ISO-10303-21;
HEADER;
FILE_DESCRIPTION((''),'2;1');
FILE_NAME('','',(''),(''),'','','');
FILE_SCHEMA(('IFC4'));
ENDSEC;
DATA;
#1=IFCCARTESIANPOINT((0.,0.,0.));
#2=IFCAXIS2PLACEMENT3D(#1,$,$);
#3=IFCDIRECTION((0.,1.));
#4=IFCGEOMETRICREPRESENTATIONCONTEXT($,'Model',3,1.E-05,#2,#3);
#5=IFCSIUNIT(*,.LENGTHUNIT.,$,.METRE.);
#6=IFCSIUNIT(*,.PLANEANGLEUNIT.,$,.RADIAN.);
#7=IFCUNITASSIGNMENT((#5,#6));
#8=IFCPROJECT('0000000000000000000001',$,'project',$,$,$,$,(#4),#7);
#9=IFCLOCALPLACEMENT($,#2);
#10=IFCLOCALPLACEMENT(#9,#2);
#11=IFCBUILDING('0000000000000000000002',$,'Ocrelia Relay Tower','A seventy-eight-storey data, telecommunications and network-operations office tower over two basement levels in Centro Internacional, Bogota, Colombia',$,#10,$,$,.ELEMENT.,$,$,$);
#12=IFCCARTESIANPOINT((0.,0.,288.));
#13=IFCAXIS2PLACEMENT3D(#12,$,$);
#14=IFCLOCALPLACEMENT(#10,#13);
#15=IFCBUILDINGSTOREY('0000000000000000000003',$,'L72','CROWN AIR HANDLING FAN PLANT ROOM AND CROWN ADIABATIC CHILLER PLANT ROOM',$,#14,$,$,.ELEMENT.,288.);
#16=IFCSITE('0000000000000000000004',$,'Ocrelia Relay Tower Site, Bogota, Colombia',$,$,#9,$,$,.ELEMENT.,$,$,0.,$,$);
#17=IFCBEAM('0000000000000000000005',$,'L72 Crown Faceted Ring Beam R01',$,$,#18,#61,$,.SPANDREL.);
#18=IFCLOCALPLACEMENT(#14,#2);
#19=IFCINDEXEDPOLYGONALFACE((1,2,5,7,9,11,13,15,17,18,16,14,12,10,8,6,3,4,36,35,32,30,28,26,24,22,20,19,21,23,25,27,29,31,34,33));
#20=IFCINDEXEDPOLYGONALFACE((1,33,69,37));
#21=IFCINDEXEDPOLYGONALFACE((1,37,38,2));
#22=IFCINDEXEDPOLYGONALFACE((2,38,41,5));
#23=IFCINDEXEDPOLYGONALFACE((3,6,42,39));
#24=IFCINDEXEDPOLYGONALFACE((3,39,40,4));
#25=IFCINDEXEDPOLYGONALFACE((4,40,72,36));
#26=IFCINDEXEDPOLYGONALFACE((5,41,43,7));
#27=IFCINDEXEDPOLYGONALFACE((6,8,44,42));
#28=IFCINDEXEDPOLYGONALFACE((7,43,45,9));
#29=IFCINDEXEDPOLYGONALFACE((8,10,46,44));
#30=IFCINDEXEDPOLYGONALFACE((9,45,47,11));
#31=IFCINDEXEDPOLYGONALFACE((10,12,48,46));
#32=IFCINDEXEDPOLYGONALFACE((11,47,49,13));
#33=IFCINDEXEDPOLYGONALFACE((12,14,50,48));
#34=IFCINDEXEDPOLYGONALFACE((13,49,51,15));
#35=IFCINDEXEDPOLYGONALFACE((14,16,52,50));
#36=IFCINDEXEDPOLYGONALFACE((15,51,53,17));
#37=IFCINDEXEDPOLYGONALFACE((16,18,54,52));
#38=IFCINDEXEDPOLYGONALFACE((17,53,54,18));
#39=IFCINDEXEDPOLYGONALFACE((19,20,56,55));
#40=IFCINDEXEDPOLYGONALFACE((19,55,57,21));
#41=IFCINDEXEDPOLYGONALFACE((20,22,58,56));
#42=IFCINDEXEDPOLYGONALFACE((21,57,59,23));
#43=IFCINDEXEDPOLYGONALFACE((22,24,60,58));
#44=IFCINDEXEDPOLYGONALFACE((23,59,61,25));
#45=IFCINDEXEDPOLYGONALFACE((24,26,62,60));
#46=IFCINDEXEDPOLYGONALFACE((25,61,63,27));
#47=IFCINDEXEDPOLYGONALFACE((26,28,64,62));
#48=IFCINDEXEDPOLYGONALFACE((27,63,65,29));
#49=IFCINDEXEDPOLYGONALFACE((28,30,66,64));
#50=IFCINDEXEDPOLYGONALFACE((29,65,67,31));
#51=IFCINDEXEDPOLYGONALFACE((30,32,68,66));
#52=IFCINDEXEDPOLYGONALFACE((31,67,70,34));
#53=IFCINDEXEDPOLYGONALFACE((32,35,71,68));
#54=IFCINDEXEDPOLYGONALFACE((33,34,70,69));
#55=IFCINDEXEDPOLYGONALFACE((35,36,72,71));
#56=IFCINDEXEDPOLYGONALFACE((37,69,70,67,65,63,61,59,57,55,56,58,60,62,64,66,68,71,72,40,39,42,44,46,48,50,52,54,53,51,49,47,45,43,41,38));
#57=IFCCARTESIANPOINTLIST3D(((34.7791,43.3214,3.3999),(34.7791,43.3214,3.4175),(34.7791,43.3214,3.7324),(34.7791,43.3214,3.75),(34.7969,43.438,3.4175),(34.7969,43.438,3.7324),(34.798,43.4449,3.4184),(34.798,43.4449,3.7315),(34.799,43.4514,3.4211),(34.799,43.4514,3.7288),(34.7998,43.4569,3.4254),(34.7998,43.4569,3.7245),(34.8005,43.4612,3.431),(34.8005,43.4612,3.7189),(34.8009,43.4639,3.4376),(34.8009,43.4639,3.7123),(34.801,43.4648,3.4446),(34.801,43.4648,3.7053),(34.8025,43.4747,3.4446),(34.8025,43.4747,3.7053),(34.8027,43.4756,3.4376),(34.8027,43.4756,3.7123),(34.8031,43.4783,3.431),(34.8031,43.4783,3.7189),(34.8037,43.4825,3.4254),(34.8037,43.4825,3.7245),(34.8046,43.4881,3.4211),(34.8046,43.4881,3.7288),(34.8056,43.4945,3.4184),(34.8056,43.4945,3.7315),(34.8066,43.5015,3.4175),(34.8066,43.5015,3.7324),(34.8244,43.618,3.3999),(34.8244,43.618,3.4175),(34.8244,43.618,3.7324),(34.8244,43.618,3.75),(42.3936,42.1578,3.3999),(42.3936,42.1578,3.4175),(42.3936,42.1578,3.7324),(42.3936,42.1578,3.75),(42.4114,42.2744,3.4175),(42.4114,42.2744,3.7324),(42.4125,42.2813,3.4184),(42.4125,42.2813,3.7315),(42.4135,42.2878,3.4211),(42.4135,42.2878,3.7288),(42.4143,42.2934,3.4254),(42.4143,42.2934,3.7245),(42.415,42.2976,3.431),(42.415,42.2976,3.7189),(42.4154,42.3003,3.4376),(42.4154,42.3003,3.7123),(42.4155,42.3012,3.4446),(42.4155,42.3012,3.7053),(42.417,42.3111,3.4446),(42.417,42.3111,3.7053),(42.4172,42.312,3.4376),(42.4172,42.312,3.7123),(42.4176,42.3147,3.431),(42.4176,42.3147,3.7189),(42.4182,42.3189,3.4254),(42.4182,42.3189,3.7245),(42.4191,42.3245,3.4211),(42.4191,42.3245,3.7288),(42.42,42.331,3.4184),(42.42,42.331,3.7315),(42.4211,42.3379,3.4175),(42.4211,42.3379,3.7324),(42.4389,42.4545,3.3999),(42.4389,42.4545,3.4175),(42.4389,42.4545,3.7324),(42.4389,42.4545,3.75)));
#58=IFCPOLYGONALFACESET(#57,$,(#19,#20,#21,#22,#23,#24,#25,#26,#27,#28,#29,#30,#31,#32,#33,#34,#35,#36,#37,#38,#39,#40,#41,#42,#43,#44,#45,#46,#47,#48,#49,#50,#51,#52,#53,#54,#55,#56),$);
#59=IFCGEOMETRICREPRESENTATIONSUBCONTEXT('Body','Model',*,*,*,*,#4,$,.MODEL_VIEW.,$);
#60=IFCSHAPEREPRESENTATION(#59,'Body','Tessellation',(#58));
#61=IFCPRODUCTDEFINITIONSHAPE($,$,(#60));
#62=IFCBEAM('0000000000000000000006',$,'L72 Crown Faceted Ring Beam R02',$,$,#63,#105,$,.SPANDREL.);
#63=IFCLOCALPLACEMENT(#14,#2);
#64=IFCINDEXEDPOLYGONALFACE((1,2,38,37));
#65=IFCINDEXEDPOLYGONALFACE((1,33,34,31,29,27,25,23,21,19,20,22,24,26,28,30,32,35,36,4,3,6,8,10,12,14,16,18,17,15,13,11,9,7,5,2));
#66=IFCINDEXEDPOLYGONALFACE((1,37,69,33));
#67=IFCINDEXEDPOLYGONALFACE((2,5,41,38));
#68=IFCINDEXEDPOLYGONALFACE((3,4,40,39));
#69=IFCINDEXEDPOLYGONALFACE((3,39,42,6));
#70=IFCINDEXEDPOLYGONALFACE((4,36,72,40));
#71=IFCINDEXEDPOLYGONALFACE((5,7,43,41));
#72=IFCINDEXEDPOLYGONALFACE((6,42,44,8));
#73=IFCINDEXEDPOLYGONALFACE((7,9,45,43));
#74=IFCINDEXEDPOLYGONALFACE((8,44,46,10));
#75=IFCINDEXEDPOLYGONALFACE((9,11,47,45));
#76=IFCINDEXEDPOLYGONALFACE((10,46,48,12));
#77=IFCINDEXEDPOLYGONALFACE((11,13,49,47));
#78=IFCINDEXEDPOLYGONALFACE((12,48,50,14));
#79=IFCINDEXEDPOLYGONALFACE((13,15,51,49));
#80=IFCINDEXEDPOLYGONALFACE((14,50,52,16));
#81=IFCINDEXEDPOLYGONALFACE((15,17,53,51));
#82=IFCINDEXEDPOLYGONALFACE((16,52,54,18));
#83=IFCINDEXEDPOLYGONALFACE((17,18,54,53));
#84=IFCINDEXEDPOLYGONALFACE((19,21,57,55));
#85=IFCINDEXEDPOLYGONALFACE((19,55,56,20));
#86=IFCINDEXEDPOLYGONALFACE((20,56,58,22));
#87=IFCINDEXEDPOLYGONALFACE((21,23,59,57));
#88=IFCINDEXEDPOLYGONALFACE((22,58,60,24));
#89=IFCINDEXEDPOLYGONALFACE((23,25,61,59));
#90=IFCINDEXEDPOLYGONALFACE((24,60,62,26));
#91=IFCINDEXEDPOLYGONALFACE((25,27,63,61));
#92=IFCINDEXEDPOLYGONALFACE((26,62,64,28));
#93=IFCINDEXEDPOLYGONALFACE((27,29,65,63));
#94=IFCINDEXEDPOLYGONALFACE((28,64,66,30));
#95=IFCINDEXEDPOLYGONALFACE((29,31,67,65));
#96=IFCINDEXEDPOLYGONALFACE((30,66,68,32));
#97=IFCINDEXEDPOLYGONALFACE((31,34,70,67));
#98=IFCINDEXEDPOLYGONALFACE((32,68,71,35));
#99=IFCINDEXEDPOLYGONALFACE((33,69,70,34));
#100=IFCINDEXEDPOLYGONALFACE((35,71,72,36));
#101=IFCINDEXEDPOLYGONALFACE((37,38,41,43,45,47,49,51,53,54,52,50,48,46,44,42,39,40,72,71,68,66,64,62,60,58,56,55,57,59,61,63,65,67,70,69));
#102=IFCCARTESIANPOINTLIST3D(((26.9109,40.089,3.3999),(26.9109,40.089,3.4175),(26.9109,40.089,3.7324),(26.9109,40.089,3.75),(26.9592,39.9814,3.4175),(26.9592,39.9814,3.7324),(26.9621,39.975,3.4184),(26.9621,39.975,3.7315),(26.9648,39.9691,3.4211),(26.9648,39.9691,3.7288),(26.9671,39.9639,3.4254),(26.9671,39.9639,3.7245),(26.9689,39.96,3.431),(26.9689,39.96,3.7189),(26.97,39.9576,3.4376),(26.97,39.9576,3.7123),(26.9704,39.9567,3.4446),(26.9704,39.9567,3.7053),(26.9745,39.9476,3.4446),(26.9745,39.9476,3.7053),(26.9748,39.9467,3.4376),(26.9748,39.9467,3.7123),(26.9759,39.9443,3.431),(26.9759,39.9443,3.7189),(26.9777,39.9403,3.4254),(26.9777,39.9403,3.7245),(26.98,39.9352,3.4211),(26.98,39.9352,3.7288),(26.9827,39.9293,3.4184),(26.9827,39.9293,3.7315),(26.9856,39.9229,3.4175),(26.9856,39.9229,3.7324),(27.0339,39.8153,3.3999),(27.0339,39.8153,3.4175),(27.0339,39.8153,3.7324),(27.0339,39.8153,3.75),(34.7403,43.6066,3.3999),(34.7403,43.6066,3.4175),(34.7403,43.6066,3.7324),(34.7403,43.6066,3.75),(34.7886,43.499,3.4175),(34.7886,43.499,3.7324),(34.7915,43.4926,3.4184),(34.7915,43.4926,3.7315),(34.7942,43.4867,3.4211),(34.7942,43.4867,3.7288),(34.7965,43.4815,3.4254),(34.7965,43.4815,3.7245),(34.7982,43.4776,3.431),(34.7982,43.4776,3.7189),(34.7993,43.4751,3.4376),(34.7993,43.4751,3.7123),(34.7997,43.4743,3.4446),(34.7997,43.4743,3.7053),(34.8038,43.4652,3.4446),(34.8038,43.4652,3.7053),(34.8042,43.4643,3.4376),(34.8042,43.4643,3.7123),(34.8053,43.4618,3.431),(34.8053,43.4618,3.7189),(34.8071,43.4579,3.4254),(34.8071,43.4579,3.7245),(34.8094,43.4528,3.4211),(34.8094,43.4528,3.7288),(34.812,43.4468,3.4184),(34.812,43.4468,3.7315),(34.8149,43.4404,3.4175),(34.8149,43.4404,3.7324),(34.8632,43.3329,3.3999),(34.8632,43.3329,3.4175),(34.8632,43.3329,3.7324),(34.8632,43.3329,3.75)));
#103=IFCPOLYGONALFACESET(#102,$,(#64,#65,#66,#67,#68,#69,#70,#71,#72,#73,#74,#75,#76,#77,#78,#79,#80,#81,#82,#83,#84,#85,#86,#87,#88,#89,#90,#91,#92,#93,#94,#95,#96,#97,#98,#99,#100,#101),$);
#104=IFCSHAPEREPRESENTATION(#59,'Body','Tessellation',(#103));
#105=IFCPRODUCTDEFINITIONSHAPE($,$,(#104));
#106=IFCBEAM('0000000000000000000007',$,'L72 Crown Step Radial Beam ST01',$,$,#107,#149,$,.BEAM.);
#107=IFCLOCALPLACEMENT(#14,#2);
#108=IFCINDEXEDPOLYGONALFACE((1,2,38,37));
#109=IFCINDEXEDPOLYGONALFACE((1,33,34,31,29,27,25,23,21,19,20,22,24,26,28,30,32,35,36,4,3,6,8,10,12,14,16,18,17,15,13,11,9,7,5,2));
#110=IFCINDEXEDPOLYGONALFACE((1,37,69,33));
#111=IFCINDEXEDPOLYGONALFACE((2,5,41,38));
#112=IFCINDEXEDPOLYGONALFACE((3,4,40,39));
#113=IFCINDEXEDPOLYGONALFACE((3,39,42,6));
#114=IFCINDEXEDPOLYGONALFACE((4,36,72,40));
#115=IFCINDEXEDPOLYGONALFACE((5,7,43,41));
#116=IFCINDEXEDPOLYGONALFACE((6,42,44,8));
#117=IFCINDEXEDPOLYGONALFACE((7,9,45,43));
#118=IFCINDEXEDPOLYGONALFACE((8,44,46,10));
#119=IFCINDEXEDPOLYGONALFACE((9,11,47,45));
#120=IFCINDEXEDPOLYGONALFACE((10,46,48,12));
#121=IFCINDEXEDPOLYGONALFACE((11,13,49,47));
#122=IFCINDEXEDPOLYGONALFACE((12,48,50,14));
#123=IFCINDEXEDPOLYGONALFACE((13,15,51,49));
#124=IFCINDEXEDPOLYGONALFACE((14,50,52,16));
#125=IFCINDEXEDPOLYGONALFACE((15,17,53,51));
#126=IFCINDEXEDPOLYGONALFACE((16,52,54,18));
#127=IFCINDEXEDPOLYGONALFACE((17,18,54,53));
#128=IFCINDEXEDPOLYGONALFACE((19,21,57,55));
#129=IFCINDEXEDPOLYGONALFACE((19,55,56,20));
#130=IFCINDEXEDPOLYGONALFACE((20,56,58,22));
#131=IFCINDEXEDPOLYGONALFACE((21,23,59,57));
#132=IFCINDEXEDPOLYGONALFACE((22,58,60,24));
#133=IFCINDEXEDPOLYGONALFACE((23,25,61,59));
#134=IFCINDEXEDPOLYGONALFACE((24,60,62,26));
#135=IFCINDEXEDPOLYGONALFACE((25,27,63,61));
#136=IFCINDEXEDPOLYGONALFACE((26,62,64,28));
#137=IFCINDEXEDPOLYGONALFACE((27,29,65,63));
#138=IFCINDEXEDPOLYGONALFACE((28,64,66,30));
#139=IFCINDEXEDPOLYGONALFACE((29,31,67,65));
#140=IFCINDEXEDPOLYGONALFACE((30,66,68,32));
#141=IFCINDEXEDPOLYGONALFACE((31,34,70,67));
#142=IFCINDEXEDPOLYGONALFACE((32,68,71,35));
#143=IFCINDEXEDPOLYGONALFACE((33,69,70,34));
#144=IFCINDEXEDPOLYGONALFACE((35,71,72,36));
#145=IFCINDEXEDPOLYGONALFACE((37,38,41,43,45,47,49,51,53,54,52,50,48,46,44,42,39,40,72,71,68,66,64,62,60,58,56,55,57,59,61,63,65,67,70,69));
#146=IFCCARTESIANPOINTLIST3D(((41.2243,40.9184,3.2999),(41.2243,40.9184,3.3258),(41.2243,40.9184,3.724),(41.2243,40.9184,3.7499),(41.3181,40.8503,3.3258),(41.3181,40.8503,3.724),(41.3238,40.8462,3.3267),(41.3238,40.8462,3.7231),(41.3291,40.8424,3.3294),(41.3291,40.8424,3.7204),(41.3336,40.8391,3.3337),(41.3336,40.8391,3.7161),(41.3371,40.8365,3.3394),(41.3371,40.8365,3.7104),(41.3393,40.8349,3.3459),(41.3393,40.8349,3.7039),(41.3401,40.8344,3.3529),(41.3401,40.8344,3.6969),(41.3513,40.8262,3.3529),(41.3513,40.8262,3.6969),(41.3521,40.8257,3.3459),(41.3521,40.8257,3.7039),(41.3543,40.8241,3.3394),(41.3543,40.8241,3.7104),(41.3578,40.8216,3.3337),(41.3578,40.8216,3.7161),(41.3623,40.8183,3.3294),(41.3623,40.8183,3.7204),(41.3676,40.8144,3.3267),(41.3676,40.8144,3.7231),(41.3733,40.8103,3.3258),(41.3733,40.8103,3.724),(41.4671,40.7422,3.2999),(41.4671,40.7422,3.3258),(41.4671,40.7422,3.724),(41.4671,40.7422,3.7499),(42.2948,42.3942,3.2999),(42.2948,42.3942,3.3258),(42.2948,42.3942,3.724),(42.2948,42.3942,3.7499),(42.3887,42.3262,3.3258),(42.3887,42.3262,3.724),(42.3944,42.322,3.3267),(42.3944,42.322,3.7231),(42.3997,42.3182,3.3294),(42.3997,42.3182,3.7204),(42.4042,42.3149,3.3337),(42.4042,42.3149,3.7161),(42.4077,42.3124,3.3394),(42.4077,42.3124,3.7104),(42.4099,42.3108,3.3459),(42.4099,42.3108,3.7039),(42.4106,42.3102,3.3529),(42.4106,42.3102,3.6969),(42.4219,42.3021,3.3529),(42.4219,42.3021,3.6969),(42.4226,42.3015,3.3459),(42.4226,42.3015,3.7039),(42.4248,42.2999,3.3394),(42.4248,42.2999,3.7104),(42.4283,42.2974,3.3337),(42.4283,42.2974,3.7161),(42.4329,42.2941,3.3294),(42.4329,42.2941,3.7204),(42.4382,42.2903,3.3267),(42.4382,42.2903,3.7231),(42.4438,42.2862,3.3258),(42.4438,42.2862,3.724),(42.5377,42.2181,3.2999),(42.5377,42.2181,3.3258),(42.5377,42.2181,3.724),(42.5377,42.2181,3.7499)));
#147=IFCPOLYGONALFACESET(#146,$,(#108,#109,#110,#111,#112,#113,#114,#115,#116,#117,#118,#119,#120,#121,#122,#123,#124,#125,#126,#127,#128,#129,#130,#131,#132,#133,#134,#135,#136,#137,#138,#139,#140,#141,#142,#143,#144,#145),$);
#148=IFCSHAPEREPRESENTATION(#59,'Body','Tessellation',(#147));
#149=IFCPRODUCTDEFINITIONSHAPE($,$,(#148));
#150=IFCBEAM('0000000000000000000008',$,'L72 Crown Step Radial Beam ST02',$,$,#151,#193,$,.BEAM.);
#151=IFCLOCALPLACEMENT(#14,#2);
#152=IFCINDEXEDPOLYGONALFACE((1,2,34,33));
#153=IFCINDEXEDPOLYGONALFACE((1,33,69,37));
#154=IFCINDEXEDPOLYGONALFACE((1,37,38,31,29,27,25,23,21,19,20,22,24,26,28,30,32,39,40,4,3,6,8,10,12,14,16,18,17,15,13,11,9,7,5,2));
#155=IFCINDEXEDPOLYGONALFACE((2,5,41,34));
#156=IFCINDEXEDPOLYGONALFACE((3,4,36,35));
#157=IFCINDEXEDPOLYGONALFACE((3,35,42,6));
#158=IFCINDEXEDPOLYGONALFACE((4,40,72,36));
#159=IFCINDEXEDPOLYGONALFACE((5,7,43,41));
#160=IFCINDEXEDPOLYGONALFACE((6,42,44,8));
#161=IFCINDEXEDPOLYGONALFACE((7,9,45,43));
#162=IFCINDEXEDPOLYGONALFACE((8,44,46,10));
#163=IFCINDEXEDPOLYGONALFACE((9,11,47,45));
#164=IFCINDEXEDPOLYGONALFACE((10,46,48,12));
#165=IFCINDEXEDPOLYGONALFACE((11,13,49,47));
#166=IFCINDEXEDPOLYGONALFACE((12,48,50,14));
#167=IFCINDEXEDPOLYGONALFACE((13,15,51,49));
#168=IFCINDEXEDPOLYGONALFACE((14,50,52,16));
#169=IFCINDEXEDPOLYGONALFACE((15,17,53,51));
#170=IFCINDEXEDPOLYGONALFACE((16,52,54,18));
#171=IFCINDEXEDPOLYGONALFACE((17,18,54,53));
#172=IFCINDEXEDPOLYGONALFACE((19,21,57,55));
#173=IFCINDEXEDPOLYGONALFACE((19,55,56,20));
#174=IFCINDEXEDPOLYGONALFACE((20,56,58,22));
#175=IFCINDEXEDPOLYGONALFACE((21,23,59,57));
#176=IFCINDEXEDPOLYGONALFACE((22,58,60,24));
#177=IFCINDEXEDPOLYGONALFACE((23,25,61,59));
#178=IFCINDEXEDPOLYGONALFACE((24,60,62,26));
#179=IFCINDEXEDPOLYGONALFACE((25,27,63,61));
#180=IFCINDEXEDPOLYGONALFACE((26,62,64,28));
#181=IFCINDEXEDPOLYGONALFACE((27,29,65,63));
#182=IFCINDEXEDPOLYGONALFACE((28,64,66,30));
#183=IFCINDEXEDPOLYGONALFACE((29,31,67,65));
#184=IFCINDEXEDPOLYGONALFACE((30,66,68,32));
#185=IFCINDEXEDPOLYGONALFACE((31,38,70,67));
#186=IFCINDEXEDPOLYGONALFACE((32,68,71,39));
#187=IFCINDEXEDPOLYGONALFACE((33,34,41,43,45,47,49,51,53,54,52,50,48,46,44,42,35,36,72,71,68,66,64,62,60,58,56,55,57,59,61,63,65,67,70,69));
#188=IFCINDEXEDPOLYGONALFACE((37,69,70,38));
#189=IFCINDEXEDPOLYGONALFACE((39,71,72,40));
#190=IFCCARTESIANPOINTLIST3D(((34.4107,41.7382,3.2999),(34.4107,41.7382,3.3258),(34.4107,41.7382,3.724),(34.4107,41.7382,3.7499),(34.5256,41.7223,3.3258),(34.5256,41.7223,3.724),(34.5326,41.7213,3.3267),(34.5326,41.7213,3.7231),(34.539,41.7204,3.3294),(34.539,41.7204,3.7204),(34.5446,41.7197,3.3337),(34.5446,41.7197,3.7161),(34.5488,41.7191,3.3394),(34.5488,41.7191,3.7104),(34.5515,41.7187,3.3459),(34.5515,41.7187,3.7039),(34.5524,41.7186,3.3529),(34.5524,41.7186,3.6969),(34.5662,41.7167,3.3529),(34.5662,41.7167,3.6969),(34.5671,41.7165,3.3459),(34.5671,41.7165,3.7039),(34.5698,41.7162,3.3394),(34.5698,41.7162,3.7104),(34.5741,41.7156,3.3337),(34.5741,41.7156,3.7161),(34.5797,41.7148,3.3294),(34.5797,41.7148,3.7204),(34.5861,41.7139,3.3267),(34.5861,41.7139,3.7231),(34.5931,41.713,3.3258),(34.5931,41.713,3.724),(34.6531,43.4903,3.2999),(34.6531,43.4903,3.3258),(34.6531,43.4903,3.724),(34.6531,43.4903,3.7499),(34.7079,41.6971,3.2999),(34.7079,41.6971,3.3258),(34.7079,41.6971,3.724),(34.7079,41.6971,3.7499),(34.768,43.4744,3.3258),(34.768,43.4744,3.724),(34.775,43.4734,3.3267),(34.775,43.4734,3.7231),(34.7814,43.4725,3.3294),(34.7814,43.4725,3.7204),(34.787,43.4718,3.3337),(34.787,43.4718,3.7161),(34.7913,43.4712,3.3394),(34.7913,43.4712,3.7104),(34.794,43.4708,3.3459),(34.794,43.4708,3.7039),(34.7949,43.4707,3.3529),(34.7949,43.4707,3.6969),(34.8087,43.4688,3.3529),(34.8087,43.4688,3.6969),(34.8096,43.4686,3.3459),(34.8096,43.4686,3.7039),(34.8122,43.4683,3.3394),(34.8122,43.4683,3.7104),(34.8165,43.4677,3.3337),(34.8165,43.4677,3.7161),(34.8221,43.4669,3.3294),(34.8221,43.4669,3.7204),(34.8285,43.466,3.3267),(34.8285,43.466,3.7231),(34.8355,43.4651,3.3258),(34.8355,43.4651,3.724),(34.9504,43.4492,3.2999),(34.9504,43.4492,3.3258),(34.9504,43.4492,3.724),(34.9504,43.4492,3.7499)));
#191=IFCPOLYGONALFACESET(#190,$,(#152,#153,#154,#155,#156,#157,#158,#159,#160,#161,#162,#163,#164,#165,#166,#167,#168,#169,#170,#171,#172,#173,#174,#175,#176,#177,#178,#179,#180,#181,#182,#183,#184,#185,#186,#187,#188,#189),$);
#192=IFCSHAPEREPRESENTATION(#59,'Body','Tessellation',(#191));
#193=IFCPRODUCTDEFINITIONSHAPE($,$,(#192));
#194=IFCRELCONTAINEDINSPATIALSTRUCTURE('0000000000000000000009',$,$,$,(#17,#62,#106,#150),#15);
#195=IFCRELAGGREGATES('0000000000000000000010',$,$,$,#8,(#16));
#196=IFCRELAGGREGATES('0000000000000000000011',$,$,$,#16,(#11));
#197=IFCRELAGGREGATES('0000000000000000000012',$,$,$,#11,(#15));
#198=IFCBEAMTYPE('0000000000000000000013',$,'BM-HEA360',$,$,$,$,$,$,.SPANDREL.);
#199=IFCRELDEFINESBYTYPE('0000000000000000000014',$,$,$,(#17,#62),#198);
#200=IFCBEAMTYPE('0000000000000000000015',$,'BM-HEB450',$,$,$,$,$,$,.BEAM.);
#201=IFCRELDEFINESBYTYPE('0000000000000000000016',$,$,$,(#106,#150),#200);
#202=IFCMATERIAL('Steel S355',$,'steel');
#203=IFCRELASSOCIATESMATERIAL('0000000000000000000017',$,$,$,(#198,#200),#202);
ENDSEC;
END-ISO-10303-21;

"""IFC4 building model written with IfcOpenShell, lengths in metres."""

from ifc_helpers import new_model, si_unit, direction, frame, origin, origin_2d, place, context, subcontext, project, spatial, i_section, extrude, material, material_profile, profile_set, type_object, element, save


model = new_model("IFC4")

# Units and contexts
model_context = context("Model", 3, precision=1e-05, world=origin(), true_north=direction((0.0, 1.0)))
body_context = subcontext(model_context, "Body", "Model", "MODEL_VIEW")
ifc_project = project(units=[si_unit("LENGTHUNIT", "METRE"), si_unit("PLANEANGLEUNIT", "RADIAN")], contexts=[model_context])

# Site, building, storey
site_placement = place(None, origin())
site = spatial("IfcSite", under=ifc_project, at=site_placement, Name="Ocrelia Relay Tower Site, Bogota, Colombia", CompositionType="ELEMENT", RefElevation=0.0)
building_placement = place(site_placement, origin())
building = spatial("IfcBuilding", under=site, at=building_placement, Name="Ocrelia Relay Tower", Description="A seventy-eight-storey data, telecommunications and network-operations office tower over two basement levels in Centro Internacional, Bogota, Colombia", CompositionType="ELEMENT")
storey_placement = place(building_placement, frame((0.0, 0.0, 288.0)))
storey = spatial("IfcBuildingStorey", under=building, at=storey_placement, Name="L72", Description="CROWN AIR HANDLING FAN PLANT ROOM AND CROWN ADIABATIC CHILLER PLANT ROOM", CompositionType="ELEMENT", Elevation=288.0)

# Beams
ifc_material_1 = material(Name="Steel S355", Category="steel")
ifc_material_profile_1 = material_profile(ifc_material_1, i_section(OverallWidth=0.3, OverallDepth=0.3501, WebThickness=0.01, FlangeThickness=0.0176, FilletRadius=0.0271, at=origin_2d()), Name="HEA 360")
ifc_profile_set_1 = profile_set([ifc_material_profile_1], Name="Steel S355")
beam_type_1 = type_object("IfcBeamType", Name="BM-HEA360", PredefinedType="SPANDREL", material=ifc_profile_set_1)
beam_1_placement = place(storey_placement, frame((42.4163, 42.3062, 3.575), z_axis=(-0.988525, 0.151057, 0.0), x_axis=(-0.151057, -0.988525, 0.0)))
element("IfcBeam", 1, at=beam_1_placement, inside=storey, type_object=beam_type_1, Name="L72 Crown Faceted Ring Beam R01", PredefinedType="SPANDREL", context=body_context, shape_type="SweptSolid", body=[
    extrude(i_section(OverallWidth=0.3, OverallDepth=0.3501, WebThickness=0.01, FlangeThickness=0.0176, FilletRadius=0.0271, at=origin_2d()), origin(), (0.0, 0.0, 1.0), 7.7029),
])
beam_2_placement = place(storey_placement, frame((34.8018, 43.4697, 3.575), z_axis=(-0.912167, -0.409819, 0.0), x_axis=(0.409819, -0.912167, 0.0)))
element("IfcBeam", 2, at=beam_2_placement, inside=storey, type_object=beam_type_1, Name="L72 Crown Faceted Ring Beam R02", PredefinedType="SPANDREL", context=body_context, shape_type="SweptSolid", body=[
    extrude(i_section(OverallWidth=0.3, OverallDepth=0.3501, WebThickness=0.01, FlangeThickness=0.0176, FilletRadius=0.0271, at=origin_2d()), origin(), (0.0, 0.0, 1.0), 8.5833),
])
ifc_material_profile_2 = material_profile(ifc_material_1, i_section(OverallWidth=0.3, OverallDepth=0.45, WebThickness=0.0139, FlangeThickness=0.0259, FilletRadius=0.0271, at=origin_2d()), Name="HEB 450")
ifc_profile_set_2 = profile_set([ifc_material_profile_2], Name="Steel S355")
beam_type_2 = type_object("IfcBeamType", Name="BM-HEB450", PredefinedType="BEAM", material=ifc_profile_set_2)
beam_3_placement = place(storey_placement, frame((42.4163, 42.3062, 3.5249), z_axis=(-0.587176, -0.809459, 0.0), x_axis=(0.809459, -0.587176, 0.0)))
element("IfcBeam", 3, at=beam_3_placement, inside=storey, type_object=beam_type_2, Name="L72 Crown Step Radial Beam ST01", PredefinedType="BEAM", context=body_context, shape_type="SweptSolid", body=[
    extrude(i_section(OverallWidth=0.3, OverallDepth=0.45, WebThickness=0.0139, FlangeThickness=0.0259, FilletRadius=0.0271, at=origin_2d()), origin(), (0.0, 0.0, 1.0), 1.8232),
])
beam_4_placement = place(storey_placement, frame((34.8018, 43.4697, 3.5249), z_axis=(-0.137053, -0.990564, 0.0), x_axis=(0.990564, -0.137053, 0.0)))
element("IfcBeam", 4, at=beam_4_placement, inside=storey, type_object=beam_type_2, Name="L72 Crown Step Radial Beam ST02", PredefinedType="BEAM", context=body_context, shape_type="SweptSolid", body=[
    extrude(i_section(OverallWidth=0.3, OverallDepth=0.45, WebThickness=0.0139, FlangeThickness=0.0259, FilletRadius=0.0271, at=origin_2d()), origin(), (0.0, 0.0, 1.0), 1.7688),
])

save(model, "model.ifc")
